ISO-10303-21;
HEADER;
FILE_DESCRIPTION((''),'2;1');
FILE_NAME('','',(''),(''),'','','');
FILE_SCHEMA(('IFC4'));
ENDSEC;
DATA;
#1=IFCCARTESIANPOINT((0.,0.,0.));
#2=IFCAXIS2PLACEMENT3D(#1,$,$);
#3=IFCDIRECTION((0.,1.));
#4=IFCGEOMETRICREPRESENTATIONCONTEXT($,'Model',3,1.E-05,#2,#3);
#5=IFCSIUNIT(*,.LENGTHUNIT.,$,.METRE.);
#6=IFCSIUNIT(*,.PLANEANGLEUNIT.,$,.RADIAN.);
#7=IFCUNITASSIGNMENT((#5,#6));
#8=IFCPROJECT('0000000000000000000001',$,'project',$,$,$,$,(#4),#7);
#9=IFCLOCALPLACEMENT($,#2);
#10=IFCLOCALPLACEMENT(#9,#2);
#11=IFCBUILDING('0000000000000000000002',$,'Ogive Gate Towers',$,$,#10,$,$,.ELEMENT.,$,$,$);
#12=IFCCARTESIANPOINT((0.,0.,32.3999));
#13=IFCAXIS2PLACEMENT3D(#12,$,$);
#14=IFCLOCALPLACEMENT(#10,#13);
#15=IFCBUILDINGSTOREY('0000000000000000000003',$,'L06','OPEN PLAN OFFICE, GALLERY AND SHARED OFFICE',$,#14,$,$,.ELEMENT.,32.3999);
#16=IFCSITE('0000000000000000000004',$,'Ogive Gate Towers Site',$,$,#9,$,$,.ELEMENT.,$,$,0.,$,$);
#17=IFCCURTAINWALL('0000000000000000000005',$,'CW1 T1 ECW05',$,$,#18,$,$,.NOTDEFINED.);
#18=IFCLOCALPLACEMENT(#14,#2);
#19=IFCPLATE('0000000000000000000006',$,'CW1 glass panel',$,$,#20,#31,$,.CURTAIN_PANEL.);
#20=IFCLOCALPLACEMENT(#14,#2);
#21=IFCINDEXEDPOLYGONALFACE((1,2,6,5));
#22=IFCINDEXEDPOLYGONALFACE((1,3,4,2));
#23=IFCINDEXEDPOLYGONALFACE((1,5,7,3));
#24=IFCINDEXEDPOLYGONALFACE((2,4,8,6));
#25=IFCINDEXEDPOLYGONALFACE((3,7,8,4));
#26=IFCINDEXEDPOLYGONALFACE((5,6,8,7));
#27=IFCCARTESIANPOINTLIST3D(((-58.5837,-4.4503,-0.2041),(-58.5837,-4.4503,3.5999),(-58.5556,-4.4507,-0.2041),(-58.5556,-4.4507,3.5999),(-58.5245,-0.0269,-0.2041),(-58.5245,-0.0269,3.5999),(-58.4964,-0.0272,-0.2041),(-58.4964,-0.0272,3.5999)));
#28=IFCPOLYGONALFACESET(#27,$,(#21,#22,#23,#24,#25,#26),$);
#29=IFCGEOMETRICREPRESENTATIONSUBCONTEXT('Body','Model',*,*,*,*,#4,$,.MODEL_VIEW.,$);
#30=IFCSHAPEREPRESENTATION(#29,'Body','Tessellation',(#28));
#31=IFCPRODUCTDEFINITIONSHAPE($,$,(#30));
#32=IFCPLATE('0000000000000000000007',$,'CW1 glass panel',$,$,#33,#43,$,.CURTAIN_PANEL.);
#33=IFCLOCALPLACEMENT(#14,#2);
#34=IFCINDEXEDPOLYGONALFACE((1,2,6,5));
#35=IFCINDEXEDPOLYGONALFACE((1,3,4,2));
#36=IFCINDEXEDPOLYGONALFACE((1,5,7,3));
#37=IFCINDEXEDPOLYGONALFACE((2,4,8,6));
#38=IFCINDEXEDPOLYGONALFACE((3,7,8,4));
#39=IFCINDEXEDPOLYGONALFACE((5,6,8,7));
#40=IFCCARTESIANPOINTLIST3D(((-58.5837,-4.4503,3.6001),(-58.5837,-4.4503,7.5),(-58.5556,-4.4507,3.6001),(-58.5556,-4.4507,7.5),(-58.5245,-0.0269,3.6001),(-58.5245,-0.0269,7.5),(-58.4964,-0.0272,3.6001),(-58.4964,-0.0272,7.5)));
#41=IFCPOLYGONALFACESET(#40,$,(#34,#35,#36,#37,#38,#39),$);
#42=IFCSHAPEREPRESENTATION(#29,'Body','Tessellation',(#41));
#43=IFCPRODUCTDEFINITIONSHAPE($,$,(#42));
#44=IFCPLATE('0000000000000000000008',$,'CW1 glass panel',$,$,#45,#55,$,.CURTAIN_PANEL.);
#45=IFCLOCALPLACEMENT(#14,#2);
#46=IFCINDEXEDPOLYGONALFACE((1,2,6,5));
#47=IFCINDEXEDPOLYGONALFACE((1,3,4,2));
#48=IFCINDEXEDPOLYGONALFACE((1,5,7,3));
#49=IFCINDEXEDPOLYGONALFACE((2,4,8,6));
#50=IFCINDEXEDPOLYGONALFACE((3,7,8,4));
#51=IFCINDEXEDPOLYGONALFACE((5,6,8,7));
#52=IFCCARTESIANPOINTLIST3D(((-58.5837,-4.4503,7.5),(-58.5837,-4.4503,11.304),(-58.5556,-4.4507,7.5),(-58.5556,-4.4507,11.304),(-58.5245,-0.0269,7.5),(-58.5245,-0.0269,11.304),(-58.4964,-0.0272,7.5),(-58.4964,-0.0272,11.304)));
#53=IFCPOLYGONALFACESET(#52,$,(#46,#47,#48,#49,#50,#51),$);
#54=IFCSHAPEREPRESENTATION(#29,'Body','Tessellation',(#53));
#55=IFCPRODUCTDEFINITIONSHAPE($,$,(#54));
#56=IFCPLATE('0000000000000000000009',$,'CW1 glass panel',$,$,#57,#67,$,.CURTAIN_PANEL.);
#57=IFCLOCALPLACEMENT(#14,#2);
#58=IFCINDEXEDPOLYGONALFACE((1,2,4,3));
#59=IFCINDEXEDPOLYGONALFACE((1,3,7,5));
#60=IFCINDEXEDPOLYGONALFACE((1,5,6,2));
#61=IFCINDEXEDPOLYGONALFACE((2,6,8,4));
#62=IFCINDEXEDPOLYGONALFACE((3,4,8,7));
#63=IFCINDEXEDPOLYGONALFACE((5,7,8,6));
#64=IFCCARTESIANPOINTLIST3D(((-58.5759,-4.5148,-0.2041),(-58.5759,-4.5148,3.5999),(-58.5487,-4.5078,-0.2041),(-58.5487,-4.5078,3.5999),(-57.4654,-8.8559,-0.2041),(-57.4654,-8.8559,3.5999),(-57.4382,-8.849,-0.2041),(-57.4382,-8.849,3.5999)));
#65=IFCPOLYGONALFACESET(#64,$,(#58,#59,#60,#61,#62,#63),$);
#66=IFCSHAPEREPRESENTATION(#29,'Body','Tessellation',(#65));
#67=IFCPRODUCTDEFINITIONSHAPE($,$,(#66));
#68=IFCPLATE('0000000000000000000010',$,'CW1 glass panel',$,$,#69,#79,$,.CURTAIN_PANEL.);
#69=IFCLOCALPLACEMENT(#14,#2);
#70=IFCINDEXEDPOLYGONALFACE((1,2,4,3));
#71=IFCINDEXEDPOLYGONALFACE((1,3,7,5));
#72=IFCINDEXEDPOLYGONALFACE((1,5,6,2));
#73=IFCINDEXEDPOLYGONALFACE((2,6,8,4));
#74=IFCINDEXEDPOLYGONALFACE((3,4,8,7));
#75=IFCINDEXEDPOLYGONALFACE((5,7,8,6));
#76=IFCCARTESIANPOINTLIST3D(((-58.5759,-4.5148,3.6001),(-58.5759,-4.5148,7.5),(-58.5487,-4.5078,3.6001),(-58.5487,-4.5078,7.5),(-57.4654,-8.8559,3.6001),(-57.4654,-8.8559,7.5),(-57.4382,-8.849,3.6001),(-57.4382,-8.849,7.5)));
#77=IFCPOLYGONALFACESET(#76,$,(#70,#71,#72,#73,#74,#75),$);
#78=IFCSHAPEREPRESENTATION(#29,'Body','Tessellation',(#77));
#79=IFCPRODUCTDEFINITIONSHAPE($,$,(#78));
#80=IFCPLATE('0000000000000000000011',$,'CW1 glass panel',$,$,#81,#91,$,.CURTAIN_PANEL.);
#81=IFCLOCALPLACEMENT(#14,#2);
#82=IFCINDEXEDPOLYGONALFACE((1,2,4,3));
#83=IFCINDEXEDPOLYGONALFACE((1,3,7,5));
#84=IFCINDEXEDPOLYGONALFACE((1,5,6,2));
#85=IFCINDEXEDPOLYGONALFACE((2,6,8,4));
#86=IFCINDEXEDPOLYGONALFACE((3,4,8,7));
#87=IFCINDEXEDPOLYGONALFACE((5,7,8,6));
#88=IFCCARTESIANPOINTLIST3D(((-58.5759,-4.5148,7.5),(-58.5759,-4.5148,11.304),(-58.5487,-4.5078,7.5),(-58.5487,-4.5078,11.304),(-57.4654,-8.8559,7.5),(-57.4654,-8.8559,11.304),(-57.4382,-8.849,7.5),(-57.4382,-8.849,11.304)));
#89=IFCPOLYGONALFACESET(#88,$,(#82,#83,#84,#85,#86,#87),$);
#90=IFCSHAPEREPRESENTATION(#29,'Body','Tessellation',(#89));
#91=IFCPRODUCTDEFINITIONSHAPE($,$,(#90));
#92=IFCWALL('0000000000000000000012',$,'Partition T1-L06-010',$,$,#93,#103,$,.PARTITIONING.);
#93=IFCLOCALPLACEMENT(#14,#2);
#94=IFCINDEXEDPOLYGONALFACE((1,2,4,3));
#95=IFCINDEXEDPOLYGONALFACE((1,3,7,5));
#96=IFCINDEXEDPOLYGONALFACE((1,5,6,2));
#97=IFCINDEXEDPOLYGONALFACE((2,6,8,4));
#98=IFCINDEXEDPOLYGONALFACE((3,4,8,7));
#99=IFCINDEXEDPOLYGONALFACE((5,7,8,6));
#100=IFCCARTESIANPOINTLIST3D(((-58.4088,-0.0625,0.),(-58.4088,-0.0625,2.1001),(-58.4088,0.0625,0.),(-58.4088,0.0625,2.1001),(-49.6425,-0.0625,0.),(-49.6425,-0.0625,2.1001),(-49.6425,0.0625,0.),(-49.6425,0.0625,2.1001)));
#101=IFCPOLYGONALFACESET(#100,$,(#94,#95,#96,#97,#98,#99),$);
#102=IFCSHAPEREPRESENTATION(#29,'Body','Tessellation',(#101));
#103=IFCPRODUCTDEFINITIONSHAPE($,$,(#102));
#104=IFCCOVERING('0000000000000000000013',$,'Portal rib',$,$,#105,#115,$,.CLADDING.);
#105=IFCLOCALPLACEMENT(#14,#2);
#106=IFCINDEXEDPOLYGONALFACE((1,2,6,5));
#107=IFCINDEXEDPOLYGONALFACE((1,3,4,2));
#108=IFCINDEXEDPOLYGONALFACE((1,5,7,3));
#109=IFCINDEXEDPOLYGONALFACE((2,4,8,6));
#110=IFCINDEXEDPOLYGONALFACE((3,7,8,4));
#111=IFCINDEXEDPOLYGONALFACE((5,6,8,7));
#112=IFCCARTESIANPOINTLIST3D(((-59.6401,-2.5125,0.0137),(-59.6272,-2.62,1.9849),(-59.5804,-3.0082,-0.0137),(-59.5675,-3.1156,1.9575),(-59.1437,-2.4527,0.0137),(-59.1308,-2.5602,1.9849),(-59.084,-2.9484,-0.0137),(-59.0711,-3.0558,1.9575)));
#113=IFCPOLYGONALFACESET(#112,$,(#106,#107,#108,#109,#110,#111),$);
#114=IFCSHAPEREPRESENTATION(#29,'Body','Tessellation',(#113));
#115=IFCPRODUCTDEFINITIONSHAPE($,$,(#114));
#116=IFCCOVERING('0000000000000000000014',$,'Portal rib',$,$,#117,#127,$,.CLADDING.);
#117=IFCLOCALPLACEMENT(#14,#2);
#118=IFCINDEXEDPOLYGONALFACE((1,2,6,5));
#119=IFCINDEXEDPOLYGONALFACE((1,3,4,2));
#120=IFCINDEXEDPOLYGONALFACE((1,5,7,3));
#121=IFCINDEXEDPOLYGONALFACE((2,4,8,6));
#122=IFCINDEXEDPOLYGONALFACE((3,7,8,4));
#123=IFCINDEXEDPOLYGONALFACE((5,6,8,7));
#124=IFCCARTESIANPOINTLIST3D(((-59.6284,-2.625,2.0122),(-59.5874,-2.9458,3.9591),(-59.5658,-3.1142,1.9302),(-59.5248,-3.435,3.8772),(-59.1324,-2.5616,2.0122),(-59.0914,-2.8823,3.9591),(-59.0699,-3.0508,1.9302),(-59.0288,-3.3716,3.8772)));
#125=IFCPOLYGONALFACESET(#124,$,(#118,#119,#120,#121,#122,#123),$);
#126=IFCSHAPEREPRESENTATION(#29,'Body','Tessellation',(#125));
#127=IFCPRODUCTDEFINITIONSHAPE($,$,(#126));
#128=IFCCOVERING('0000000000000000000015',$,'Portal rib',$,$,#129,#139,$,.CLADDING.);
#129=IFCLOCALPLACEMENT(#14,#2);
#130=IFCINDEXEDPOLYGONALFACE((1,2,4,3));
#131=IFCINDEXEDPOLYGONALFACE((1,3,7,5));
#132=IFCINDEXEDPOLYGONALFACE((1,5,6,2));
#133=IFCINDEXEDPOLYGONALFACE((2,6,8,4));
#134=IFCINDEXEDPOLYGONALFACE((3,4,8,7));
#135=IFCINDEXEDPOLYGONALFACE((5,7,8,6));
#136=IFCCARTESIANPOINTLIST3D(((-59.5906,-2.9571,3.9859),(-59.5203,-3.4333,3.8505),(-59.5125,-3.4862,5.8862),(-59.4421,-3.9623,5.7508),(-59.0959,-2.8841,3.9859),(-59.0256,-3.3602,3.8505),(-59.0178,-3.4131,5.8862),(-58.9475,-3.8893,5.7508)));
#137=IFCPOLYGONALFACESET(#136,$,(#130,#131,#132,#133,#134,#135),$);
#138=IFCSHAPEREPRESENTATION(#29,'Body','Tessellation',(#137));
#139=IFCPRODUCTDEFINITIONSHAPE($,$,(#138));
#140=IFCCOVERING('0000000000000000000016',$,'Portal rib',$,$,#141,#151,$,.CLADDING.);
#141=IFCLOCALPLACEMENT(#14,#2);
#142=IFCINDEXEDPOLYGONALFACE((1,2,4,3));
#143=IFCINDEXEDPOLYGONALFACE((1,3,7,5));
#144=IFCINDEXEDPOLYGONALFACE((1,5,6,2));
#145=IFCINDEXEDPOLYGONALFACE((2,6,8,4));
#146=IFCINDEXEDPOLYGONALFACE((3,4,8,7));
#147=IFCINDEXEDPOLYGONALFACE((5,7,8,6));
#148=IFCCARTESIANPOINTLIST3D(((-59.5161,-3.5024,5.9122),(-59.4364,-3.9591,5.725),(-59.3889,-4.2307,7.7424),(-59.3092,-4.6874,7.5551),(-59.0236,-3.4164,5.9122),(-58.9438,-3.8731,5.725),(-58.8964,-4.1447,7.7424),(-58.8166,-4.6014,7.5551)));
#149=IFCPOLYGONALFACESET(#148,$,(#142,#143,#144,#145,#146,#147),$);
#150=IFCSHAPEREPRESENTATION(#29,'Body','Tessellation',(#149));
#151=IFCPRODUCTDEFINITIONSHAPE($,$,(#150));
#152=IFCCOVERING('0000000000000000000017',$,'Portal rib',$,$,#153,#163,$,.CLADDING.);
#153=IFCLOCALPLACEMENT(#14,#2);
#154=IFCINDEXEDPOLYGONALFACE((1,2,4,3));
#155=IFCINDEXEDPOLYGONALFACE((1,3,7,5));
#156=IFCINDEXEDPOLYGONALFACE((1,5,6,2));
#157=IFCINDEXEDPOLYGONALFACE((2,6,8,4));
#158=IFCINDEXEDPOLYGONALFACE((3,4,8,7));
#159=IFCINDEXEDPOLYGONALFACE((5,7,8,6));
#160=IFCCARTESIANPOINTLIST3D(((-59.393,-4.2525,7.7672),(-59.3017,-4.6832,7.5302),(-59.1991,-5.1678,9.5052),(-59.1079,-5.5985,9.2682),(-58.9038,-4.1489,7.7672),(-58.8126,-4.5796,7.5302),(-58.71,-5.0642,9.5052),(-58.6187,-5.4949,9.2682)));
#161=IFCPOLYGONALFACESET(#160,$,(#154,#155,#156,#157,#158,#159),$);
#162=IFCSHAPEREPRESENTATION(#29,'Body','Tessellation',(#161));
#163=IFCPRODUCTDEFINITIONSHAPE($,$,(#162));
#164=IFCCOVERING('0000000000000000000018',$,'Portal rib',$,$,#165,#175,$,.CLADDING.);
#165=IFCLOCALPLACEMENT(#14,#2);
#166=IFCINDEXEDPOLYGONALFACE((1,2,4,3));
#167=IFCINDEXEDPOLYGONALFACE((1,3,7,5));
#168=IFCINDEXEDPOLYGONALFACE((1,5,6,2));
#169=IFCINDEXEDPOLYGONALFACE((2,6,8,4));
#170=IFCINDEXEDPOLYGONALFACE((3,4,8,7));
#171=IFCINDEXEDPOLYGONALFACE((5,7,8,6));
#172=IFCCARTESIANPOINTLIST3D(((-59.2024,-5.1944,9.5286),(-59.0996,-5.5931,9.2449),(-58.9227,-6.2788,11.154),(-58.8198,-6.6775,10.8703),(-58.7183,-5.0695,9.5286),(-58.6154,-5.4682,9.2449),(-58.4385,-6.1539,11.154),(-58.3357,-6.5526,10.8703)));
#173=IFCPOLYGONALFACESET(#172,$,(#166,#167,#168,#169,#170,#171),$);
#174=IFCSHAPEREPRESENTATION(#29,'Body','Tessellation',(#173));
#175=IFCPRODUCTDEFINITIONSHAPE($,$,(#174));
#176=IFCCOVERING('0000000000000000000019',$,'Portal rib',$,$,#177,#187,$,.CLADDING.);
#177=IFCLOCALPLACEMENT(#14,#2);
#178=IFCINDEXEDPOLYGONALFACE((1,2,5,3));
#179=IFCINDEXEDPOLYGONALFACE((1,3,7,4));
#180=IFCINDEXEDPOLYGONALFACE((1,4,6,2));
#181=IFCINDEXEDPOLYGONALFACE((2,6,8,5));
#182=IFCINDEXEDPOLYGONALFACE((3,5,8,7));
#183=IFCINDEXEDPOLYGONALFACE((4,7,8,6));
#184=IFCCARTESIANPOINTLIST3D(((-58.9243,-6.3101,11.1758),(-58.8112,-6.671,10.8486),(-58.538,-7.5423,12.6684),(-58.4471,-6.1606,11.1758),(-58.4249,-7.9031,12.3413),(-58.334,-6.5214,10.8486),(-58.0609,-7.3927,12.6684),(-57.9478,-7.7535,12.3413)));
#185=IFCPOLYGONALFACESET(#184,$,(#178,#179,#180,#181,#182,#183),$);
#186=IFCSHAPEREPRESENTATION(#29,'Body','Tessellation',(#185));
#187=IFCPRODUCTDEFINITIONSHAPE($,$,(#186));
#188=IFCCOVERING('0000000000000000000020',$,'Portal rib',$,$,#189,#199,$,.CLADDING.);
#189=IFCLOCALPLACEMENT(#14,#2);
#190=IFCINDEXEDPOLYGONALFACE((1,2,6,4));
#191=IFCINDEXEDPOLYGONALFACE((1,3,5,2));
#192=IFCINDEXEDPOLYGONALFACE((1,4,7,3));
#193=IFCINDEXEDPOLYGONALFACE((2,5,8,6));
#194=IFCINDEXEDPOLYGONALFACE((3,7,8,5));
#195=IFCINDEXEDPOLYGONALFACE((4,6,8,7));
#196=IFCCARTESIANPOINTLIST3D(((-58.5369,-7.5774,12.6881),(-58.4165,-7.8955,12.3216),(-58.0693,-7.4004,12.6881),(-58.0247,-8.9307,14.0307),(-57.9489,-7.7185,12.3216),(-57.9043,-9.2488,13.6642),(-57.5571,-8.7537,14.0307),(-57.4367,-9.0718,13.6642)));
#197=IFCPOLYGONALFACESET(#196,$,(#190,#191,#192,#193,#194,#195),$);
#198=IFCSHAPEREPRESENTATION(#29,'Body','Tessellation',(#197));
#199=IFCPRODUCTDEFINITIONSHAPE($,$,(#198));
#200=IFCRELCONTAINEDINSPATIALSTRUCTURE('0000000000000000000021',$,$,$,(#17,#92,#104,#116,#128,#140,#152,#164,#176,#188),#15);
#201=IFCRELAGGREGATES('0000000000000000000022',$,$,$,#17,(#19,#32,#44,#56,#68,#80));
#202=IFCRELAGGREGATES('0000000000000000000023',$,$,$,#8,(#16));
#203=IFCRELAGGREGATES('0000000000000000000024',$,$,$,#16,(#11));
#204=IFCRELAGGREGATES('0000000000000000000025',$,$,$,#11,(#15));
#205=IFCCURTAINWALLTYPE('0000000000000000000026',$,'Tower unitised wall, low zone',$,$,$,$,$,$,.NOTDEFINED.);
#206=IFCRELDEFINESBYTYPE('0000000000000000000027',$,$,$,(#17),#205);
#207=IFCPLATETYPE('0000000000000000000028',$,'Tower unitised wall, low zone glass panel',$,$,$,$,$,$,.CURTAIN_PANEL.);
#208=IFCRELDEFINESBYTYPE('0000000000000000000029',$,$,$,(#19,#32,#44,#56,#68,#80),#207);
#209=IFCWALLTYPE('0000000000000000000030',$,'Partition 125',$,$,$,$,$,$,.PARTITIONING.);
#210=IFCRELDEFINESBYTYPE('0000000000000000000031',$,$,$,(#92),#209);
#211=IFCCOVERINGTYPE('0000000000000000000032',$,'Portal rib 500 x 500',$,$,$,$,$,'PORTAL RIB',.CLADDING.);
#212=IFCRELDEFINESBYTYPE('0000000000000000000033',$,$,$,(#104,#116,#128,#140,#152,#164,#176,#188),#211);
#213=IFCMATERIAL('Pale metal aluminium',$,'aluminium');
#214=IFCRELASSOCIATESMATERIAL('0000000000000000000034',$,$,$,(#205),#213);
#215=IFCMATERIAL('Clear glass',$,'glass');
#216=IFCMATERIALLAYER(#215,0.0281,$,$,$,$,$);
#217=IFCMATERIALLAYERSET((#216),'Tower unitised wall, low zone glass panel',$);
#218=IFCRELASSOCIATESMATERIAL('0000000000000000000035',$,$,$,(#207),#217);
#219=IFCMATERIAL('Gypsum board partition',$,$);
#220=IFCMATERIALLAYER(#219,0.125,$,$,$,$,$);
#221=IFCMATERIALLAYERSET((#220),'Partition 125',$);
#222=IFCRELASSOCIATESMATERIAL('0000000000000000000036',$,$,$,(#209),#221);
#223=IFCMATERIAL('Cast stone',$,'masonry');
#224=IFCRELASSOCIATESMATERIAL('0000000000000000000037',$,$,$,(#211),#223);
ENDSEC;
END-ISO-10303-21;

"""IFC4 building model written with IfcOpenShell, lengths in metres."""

from ifc_helpers import new_model, si_unit, direction, frame, frame_2d, origin, origin_2d, place, context, subcontext, project, spatial, rectangle, extrude, material, layer, layer_set, material_profile, profile_set, type_object, element, aggregate, save


model = new_model("IFC4")

# Units and contexts
model_context = context("Model", 3, precision=1e-05, world=origin(), true_north=direction((0.0, 1.0)))
body_context = subcontext(model_context, "Body", "Model", "MODEL_VIEW")
ifc_project = project(units=[si_unit("LENGTHUNIT", "METRE"), si_unit("PLANEANGLEUNIT", "RADIAN")], contexts=[model_context])

# Site, building, storey
site_placement = place(None, origin())
site = spatial("IfcSite", under=ifc_project, at=site_placement, Name="Ogive Gate Towers Site", CompositionType="ELEMENT", RefElevation=0.0)
building_placement = place(site_placement, origin())
building = spatial("IfcBuilding", under=site, at=building_placement, Name="Ogive Gate Towers", CompositionType="ELEMENT")
storey_placement = place(building_placement, frame((0.0, 0.0, 32.3999)))
storey = spatial("IfcBuildingStorey", under=building, at=storey_placement, Name="L06", Description="OPEN PLAN OFFICE, GALLERY AND SHARED OFFICE", CompositionType="ELEMENT", Elevation=32.3999)

# Curtain wall, plates
ifc_material_1 = material(Name="Pale metal aluminium", Category="aluminium")
curtain_wall_type = type_object("IfcCurtainWallType", Name="Tower unitised wall, low zone", PredefinedType="NOTDEFINED", material=ifc_material_1)
curtain_wall_placement = place(storey_placement, origin())
curtain_wall = element("IfcCurtainWall", 1, at=curtain_wall_placement, inside=storey, type_object=curtain_wall_type, Name="CW1 T1 ECW05", PredefinedType="NOTDEFINED")
ifc_material_2 = material(Name="Clear glass", Category="glass")
ifc_layer_1 = layer(ifc_material_2, 0.0281)
ifc_layer_set_1 = layer_set([ifc_layer_1], Name="Tower unitised wall, low zone glass panel")
plate_type = type_object("IfcPlateType", Name="Tower unitised wall, low zone glass panel", PredefinedType="CURTAIN_PANEL", material=ifc_layer_set_1)
plate_1_placement = place(storey_placement, frame((-58.54, -2.2388, -0.2041), z_axis=(0.0, 0.0, 1.0), x_axis=(-0.013386, -0.99991, 0.0)))
plate_1 = element("IfcPlate", 2, at=plate_1_placement, type_object=plate_type, Name="CW1 glass panel", PredefinedType="CURTAIN_PANEL", context=body_context, shape_type="SweptSolid", body=[
    extrude(rectangle(XDim=4.4238, YDim=0.0281, at=origin_2d()), origin(), (0.0, 0.0, 1.0), 3.804),
])
plate_2_placement = place(storey_placement, frame((-58.54, -2.2388, 3.6001), z_axis=(0.0, 0.0, 1.0), x_axis=(-0.013386, -0.99991, 0.0)))
plate_2 = element("IfcPlate", 3, at=plate_2_placement, type_object=plate_type, Name="CW1 glass panel", PredefinedType="CURTAIN_PANEL", context=body_context, shape_type="SweptSolid", body=[
    extrude(rectangle(XDim=4.4238, YDim=0.0281, at=origin_2d()), origin(), (0.0, 0.0, 1.0), 3.8999),
])
plate_3_placement = place(storey_placement, frame((-58.54, -2.2388, 7.5), z_axis=(0.0, 0.0, 1.0), x_axis=(-0.013386, -0.99991, 0.0)))
plate_3 = element("IfcPlate", 4, at=plate_3_placement, type_object=plate_type, Name="CW1 glass panel", PredefinedType="CURTAIN_PANEL", context=body_context, shape_type="SweptSolid", body=[
    extrude(rectangle(XDim=4.4238, YDim=0.0281, at=origin_2d()), origin(), (0.0, 0.0, 1.0), 3.804),
])
plate_4_placement = place(storey_placement, frame((-58.0071, -6.6819, -0.2041), z_axis=(0.0, 0.0, 1.0), x_axis=(0.247828, -0.968804, 0.0)))
plate_4 = element("IfcPlate", 5, at=plate_4_placement, type_object=plate_type, Name="CW1 glass panel", PredefinedType="CURTAIN_PANEL", context=body_context, shape_type="SweptSolid", body=[
    extrude(rectangle(XDim=4.481, YDim=0.0281, at=origin_2d()), origin(), (0.0, 0.0, 1.0), 3.804),
])
plate_5_placement = place(storey_placement, frame((-58.0071, -6.6819, 3.6001), z_axis=(0.0, 0.0, 1.0), x_axis=(0.247828, -0.968804, 0.0)))
plate_5 = element("IfcPlate", 6, at=plate_5_placement, type_object=plate_type, Name="CW1 glass panel", PredefinedType="CURTAIN_PANEL", context=body_context, shape_type="SweptSolid", body=[
    extrude(rectangle(XDim=4.481, YDim=0.0281, at=origin_2d()), origin(), (0.0, 0.0, 1.0), 3.8999),
])
plate_6_placement = place(storey_placement, frame((-58.0071, -6.6819, 7.5), z_axis=(0.0, 0.0, 1.0), x_axis=(0.247828, -0.968804, 0.0)))
plate_6 = element("IfcPlate", 7, at=plate_6_placement, type_object=plate_type, Name="CW1 glass panel", PredefinedType="CURTAIN_PANEL", context=body_context, shape_type="SweptSolid", body=[
    extrude(rectangle(XDim=4.481, YDim=0.0281, at=origin_2d()), origin(), (0.0, 0.0, 1.0), 3.804),
])
aggregate(curtain_wall, [plate_1, plate_2, plate_3, plate_4, plate_5, plate_6])

# Wall
ifc_material_3 = material(Name="Gypsum board partition")
ifc_layer_2 = layer(ifc_material_3, 0.125)
ifc_layer_set_2 = layer_set([ifc_layer_2], Name="Partition 125")
wall_type = type_object("IfcWallType", Name="Partition 125", PredefinedType="PARTITIONING", material=ifc_layer_set_2)
wall_placement = place(storey_placement, frame((-58.4089, 0.0, 0.0), z_axis=(0.0, 0.0, 1.0), x_axis=(1.0, 0.0, 0.0)))
element("IfcWall", 8, at=wall_placement, inside=storey, type_object=wall_type, Name="Partition T1-L06-010", PredefinedType="PARTITIONING", context=body_context, shape_type="SweptSolid", body=[
    extrude(rectangle(XDim=8.7664, YDim=0.125, at=frame_2d((4.3833, 0.0))), origin(), (0.0, 0.0, 1.0), 2.1001),
])

# Coverings
ifc_material_4 = material(Name="Cast stone", Category="masonry")
ifc_material_profile_1 = material_profile(ifc_material_4, rectangle(XDim=0.5, YDim=0.5, at=origin_2d()), Name="500 x 500 cast stone")
ifc_profile_set_1 = profile_set([ifc_material_profile_1], Name="Cast stone")
covering_type = type_object("IfcCoveringType", Name="Portal rib 500 x 500", ElementType="PORTAL RIB", PredefinedType="CLADDING", material=ifc_profile_set_1)
covering_1_placement = place(storey_placement, frame((-59.3621, -2.7305, 0.0), z_axis=(0.006554, -0.054414, 0.998497), x_axis=(0.992823, 0.11959, 0.0)))
element("IfcCovering", 9, at=covering_1_placement, inside=storey, type_object=covering_type, Name="Portal rib", PredefinedType="CLADDING", context=body_context, shape_type="SweptSolid", body=[
    extrude(rectangle(XDim=0.5, YDim=0.5, at=origin_2d()), origin(), (0.0, 0.0, 1.0), 1.9741),
])
covering_2_placement = place(storey_placement, frame((-59.3491, -2.8379, 1.9712), z_axis=(0.020781, -0.162538, 0.986483), x_axis=(0.991926, 0.126822, 0.0)))
element("IfcCovering", 10, at=covering_2_placement, inside=storey, type_object=covering_type, Name="Portal rib", PredefinedType="CLADDING", context=body_context, shape_type="SweptSolid", body=[
    extrude(rectangle(XDim=0.5, YDim=0.5, at=origin_2d()), origin(), (0.0, 0.0, 1.0), 1.9736),
])
covering_3_placement = place(storey_placement, frame((-59.3081, -3.1587, 3.9182), z_axis=(0.039573, -0.267983, 0.962611), x_axis=(0.989272, 0.146085, 0.0)))
element("IfcCovering", 11, at=covering_3_placement, inside=storey, type_object=covering_type, Name="Portal rib", PredefinedType="CLADDING", context=body_context, shape_type="SweptSolid", body=[
    extrude(rectangle(XDim=0.5, YDim=0.5, at=origin_2d()), origin(), (0.0, 0.0, 1.0), 1.9741),
])
for number, where, z_axis, x_axis, name in (
    (12, (-59.23, -3.6877, 5.8186), (0.064444, -0.368976, 0.927202), (0.985088, 0.172052, 0.0), "Portal rib"),
    (13, (-59.1028, -4.416, 7.6487), (0.098208, -0.463704, 0.88053), (0.9783, 0.207194, 0.0), "Portal rib"),
    (14, (-58.9089, -5.3313, 9.3867), (0.141737, -0.549386, 0.82346), (0.968294, 0.249812, 0.0), "Portal rib"),
):
    element("IfcCovering", number, at=place(storey_placement, frame(where, z_axis=z_axis, x_axis=x_axis)), inside=storey, type_object=covering_type, Name=name, PredefinedType="CLADDING", context=body_context, shape_type="SweptSolid", body=[
        extrude(rectangle(XDim=0.5, YDim=0.5, at=origin_2d()), origin(), (0.0, 0.0, 1.0), 1.9739),
    ])
covering_4_placement = place(storey_placement, frame((-58.6292, -6.4158, 11.0122), z_axis=(0.195688, -0.624296, 0.756281), x_axis=(0.954221, 0.299104, 0.0)))
element("IfcCovering", 15, at=covering_4_placement, inside=storey, type_object=covering_type, Name="Portal rib", PredefinedType="CLADDING", context=body_context, shape_type="SweptSolid", body=[
    extrude(rectangle(XDim=0.5, YDim=0.5, at=origin_2d()), origin(), (0.0, 0.0, 1.0), 1.9736),
])
covering_5_placement = place(storey_placement, frame((-58.2429, -7.6479, 12.5049), z_axis=(0.259496, -0.6856, 0.680158), x_axis=(0.93525, 0.353988, 0.0)))
element("IfcCovering", 16, at=covering_5_placement, inside=storey, type_object=covering_type, Name="Portal rib", PredefinedType="CLADDING", context=body_context, shape_type="SweptSolid", body=[
    extrude(rectangle(XDim=0.5, YDim=0.5, at=origin_2d()), origin(), (0.0, 0.0, 1.0), 1.9739),
])

save(model, "model.ifc")
